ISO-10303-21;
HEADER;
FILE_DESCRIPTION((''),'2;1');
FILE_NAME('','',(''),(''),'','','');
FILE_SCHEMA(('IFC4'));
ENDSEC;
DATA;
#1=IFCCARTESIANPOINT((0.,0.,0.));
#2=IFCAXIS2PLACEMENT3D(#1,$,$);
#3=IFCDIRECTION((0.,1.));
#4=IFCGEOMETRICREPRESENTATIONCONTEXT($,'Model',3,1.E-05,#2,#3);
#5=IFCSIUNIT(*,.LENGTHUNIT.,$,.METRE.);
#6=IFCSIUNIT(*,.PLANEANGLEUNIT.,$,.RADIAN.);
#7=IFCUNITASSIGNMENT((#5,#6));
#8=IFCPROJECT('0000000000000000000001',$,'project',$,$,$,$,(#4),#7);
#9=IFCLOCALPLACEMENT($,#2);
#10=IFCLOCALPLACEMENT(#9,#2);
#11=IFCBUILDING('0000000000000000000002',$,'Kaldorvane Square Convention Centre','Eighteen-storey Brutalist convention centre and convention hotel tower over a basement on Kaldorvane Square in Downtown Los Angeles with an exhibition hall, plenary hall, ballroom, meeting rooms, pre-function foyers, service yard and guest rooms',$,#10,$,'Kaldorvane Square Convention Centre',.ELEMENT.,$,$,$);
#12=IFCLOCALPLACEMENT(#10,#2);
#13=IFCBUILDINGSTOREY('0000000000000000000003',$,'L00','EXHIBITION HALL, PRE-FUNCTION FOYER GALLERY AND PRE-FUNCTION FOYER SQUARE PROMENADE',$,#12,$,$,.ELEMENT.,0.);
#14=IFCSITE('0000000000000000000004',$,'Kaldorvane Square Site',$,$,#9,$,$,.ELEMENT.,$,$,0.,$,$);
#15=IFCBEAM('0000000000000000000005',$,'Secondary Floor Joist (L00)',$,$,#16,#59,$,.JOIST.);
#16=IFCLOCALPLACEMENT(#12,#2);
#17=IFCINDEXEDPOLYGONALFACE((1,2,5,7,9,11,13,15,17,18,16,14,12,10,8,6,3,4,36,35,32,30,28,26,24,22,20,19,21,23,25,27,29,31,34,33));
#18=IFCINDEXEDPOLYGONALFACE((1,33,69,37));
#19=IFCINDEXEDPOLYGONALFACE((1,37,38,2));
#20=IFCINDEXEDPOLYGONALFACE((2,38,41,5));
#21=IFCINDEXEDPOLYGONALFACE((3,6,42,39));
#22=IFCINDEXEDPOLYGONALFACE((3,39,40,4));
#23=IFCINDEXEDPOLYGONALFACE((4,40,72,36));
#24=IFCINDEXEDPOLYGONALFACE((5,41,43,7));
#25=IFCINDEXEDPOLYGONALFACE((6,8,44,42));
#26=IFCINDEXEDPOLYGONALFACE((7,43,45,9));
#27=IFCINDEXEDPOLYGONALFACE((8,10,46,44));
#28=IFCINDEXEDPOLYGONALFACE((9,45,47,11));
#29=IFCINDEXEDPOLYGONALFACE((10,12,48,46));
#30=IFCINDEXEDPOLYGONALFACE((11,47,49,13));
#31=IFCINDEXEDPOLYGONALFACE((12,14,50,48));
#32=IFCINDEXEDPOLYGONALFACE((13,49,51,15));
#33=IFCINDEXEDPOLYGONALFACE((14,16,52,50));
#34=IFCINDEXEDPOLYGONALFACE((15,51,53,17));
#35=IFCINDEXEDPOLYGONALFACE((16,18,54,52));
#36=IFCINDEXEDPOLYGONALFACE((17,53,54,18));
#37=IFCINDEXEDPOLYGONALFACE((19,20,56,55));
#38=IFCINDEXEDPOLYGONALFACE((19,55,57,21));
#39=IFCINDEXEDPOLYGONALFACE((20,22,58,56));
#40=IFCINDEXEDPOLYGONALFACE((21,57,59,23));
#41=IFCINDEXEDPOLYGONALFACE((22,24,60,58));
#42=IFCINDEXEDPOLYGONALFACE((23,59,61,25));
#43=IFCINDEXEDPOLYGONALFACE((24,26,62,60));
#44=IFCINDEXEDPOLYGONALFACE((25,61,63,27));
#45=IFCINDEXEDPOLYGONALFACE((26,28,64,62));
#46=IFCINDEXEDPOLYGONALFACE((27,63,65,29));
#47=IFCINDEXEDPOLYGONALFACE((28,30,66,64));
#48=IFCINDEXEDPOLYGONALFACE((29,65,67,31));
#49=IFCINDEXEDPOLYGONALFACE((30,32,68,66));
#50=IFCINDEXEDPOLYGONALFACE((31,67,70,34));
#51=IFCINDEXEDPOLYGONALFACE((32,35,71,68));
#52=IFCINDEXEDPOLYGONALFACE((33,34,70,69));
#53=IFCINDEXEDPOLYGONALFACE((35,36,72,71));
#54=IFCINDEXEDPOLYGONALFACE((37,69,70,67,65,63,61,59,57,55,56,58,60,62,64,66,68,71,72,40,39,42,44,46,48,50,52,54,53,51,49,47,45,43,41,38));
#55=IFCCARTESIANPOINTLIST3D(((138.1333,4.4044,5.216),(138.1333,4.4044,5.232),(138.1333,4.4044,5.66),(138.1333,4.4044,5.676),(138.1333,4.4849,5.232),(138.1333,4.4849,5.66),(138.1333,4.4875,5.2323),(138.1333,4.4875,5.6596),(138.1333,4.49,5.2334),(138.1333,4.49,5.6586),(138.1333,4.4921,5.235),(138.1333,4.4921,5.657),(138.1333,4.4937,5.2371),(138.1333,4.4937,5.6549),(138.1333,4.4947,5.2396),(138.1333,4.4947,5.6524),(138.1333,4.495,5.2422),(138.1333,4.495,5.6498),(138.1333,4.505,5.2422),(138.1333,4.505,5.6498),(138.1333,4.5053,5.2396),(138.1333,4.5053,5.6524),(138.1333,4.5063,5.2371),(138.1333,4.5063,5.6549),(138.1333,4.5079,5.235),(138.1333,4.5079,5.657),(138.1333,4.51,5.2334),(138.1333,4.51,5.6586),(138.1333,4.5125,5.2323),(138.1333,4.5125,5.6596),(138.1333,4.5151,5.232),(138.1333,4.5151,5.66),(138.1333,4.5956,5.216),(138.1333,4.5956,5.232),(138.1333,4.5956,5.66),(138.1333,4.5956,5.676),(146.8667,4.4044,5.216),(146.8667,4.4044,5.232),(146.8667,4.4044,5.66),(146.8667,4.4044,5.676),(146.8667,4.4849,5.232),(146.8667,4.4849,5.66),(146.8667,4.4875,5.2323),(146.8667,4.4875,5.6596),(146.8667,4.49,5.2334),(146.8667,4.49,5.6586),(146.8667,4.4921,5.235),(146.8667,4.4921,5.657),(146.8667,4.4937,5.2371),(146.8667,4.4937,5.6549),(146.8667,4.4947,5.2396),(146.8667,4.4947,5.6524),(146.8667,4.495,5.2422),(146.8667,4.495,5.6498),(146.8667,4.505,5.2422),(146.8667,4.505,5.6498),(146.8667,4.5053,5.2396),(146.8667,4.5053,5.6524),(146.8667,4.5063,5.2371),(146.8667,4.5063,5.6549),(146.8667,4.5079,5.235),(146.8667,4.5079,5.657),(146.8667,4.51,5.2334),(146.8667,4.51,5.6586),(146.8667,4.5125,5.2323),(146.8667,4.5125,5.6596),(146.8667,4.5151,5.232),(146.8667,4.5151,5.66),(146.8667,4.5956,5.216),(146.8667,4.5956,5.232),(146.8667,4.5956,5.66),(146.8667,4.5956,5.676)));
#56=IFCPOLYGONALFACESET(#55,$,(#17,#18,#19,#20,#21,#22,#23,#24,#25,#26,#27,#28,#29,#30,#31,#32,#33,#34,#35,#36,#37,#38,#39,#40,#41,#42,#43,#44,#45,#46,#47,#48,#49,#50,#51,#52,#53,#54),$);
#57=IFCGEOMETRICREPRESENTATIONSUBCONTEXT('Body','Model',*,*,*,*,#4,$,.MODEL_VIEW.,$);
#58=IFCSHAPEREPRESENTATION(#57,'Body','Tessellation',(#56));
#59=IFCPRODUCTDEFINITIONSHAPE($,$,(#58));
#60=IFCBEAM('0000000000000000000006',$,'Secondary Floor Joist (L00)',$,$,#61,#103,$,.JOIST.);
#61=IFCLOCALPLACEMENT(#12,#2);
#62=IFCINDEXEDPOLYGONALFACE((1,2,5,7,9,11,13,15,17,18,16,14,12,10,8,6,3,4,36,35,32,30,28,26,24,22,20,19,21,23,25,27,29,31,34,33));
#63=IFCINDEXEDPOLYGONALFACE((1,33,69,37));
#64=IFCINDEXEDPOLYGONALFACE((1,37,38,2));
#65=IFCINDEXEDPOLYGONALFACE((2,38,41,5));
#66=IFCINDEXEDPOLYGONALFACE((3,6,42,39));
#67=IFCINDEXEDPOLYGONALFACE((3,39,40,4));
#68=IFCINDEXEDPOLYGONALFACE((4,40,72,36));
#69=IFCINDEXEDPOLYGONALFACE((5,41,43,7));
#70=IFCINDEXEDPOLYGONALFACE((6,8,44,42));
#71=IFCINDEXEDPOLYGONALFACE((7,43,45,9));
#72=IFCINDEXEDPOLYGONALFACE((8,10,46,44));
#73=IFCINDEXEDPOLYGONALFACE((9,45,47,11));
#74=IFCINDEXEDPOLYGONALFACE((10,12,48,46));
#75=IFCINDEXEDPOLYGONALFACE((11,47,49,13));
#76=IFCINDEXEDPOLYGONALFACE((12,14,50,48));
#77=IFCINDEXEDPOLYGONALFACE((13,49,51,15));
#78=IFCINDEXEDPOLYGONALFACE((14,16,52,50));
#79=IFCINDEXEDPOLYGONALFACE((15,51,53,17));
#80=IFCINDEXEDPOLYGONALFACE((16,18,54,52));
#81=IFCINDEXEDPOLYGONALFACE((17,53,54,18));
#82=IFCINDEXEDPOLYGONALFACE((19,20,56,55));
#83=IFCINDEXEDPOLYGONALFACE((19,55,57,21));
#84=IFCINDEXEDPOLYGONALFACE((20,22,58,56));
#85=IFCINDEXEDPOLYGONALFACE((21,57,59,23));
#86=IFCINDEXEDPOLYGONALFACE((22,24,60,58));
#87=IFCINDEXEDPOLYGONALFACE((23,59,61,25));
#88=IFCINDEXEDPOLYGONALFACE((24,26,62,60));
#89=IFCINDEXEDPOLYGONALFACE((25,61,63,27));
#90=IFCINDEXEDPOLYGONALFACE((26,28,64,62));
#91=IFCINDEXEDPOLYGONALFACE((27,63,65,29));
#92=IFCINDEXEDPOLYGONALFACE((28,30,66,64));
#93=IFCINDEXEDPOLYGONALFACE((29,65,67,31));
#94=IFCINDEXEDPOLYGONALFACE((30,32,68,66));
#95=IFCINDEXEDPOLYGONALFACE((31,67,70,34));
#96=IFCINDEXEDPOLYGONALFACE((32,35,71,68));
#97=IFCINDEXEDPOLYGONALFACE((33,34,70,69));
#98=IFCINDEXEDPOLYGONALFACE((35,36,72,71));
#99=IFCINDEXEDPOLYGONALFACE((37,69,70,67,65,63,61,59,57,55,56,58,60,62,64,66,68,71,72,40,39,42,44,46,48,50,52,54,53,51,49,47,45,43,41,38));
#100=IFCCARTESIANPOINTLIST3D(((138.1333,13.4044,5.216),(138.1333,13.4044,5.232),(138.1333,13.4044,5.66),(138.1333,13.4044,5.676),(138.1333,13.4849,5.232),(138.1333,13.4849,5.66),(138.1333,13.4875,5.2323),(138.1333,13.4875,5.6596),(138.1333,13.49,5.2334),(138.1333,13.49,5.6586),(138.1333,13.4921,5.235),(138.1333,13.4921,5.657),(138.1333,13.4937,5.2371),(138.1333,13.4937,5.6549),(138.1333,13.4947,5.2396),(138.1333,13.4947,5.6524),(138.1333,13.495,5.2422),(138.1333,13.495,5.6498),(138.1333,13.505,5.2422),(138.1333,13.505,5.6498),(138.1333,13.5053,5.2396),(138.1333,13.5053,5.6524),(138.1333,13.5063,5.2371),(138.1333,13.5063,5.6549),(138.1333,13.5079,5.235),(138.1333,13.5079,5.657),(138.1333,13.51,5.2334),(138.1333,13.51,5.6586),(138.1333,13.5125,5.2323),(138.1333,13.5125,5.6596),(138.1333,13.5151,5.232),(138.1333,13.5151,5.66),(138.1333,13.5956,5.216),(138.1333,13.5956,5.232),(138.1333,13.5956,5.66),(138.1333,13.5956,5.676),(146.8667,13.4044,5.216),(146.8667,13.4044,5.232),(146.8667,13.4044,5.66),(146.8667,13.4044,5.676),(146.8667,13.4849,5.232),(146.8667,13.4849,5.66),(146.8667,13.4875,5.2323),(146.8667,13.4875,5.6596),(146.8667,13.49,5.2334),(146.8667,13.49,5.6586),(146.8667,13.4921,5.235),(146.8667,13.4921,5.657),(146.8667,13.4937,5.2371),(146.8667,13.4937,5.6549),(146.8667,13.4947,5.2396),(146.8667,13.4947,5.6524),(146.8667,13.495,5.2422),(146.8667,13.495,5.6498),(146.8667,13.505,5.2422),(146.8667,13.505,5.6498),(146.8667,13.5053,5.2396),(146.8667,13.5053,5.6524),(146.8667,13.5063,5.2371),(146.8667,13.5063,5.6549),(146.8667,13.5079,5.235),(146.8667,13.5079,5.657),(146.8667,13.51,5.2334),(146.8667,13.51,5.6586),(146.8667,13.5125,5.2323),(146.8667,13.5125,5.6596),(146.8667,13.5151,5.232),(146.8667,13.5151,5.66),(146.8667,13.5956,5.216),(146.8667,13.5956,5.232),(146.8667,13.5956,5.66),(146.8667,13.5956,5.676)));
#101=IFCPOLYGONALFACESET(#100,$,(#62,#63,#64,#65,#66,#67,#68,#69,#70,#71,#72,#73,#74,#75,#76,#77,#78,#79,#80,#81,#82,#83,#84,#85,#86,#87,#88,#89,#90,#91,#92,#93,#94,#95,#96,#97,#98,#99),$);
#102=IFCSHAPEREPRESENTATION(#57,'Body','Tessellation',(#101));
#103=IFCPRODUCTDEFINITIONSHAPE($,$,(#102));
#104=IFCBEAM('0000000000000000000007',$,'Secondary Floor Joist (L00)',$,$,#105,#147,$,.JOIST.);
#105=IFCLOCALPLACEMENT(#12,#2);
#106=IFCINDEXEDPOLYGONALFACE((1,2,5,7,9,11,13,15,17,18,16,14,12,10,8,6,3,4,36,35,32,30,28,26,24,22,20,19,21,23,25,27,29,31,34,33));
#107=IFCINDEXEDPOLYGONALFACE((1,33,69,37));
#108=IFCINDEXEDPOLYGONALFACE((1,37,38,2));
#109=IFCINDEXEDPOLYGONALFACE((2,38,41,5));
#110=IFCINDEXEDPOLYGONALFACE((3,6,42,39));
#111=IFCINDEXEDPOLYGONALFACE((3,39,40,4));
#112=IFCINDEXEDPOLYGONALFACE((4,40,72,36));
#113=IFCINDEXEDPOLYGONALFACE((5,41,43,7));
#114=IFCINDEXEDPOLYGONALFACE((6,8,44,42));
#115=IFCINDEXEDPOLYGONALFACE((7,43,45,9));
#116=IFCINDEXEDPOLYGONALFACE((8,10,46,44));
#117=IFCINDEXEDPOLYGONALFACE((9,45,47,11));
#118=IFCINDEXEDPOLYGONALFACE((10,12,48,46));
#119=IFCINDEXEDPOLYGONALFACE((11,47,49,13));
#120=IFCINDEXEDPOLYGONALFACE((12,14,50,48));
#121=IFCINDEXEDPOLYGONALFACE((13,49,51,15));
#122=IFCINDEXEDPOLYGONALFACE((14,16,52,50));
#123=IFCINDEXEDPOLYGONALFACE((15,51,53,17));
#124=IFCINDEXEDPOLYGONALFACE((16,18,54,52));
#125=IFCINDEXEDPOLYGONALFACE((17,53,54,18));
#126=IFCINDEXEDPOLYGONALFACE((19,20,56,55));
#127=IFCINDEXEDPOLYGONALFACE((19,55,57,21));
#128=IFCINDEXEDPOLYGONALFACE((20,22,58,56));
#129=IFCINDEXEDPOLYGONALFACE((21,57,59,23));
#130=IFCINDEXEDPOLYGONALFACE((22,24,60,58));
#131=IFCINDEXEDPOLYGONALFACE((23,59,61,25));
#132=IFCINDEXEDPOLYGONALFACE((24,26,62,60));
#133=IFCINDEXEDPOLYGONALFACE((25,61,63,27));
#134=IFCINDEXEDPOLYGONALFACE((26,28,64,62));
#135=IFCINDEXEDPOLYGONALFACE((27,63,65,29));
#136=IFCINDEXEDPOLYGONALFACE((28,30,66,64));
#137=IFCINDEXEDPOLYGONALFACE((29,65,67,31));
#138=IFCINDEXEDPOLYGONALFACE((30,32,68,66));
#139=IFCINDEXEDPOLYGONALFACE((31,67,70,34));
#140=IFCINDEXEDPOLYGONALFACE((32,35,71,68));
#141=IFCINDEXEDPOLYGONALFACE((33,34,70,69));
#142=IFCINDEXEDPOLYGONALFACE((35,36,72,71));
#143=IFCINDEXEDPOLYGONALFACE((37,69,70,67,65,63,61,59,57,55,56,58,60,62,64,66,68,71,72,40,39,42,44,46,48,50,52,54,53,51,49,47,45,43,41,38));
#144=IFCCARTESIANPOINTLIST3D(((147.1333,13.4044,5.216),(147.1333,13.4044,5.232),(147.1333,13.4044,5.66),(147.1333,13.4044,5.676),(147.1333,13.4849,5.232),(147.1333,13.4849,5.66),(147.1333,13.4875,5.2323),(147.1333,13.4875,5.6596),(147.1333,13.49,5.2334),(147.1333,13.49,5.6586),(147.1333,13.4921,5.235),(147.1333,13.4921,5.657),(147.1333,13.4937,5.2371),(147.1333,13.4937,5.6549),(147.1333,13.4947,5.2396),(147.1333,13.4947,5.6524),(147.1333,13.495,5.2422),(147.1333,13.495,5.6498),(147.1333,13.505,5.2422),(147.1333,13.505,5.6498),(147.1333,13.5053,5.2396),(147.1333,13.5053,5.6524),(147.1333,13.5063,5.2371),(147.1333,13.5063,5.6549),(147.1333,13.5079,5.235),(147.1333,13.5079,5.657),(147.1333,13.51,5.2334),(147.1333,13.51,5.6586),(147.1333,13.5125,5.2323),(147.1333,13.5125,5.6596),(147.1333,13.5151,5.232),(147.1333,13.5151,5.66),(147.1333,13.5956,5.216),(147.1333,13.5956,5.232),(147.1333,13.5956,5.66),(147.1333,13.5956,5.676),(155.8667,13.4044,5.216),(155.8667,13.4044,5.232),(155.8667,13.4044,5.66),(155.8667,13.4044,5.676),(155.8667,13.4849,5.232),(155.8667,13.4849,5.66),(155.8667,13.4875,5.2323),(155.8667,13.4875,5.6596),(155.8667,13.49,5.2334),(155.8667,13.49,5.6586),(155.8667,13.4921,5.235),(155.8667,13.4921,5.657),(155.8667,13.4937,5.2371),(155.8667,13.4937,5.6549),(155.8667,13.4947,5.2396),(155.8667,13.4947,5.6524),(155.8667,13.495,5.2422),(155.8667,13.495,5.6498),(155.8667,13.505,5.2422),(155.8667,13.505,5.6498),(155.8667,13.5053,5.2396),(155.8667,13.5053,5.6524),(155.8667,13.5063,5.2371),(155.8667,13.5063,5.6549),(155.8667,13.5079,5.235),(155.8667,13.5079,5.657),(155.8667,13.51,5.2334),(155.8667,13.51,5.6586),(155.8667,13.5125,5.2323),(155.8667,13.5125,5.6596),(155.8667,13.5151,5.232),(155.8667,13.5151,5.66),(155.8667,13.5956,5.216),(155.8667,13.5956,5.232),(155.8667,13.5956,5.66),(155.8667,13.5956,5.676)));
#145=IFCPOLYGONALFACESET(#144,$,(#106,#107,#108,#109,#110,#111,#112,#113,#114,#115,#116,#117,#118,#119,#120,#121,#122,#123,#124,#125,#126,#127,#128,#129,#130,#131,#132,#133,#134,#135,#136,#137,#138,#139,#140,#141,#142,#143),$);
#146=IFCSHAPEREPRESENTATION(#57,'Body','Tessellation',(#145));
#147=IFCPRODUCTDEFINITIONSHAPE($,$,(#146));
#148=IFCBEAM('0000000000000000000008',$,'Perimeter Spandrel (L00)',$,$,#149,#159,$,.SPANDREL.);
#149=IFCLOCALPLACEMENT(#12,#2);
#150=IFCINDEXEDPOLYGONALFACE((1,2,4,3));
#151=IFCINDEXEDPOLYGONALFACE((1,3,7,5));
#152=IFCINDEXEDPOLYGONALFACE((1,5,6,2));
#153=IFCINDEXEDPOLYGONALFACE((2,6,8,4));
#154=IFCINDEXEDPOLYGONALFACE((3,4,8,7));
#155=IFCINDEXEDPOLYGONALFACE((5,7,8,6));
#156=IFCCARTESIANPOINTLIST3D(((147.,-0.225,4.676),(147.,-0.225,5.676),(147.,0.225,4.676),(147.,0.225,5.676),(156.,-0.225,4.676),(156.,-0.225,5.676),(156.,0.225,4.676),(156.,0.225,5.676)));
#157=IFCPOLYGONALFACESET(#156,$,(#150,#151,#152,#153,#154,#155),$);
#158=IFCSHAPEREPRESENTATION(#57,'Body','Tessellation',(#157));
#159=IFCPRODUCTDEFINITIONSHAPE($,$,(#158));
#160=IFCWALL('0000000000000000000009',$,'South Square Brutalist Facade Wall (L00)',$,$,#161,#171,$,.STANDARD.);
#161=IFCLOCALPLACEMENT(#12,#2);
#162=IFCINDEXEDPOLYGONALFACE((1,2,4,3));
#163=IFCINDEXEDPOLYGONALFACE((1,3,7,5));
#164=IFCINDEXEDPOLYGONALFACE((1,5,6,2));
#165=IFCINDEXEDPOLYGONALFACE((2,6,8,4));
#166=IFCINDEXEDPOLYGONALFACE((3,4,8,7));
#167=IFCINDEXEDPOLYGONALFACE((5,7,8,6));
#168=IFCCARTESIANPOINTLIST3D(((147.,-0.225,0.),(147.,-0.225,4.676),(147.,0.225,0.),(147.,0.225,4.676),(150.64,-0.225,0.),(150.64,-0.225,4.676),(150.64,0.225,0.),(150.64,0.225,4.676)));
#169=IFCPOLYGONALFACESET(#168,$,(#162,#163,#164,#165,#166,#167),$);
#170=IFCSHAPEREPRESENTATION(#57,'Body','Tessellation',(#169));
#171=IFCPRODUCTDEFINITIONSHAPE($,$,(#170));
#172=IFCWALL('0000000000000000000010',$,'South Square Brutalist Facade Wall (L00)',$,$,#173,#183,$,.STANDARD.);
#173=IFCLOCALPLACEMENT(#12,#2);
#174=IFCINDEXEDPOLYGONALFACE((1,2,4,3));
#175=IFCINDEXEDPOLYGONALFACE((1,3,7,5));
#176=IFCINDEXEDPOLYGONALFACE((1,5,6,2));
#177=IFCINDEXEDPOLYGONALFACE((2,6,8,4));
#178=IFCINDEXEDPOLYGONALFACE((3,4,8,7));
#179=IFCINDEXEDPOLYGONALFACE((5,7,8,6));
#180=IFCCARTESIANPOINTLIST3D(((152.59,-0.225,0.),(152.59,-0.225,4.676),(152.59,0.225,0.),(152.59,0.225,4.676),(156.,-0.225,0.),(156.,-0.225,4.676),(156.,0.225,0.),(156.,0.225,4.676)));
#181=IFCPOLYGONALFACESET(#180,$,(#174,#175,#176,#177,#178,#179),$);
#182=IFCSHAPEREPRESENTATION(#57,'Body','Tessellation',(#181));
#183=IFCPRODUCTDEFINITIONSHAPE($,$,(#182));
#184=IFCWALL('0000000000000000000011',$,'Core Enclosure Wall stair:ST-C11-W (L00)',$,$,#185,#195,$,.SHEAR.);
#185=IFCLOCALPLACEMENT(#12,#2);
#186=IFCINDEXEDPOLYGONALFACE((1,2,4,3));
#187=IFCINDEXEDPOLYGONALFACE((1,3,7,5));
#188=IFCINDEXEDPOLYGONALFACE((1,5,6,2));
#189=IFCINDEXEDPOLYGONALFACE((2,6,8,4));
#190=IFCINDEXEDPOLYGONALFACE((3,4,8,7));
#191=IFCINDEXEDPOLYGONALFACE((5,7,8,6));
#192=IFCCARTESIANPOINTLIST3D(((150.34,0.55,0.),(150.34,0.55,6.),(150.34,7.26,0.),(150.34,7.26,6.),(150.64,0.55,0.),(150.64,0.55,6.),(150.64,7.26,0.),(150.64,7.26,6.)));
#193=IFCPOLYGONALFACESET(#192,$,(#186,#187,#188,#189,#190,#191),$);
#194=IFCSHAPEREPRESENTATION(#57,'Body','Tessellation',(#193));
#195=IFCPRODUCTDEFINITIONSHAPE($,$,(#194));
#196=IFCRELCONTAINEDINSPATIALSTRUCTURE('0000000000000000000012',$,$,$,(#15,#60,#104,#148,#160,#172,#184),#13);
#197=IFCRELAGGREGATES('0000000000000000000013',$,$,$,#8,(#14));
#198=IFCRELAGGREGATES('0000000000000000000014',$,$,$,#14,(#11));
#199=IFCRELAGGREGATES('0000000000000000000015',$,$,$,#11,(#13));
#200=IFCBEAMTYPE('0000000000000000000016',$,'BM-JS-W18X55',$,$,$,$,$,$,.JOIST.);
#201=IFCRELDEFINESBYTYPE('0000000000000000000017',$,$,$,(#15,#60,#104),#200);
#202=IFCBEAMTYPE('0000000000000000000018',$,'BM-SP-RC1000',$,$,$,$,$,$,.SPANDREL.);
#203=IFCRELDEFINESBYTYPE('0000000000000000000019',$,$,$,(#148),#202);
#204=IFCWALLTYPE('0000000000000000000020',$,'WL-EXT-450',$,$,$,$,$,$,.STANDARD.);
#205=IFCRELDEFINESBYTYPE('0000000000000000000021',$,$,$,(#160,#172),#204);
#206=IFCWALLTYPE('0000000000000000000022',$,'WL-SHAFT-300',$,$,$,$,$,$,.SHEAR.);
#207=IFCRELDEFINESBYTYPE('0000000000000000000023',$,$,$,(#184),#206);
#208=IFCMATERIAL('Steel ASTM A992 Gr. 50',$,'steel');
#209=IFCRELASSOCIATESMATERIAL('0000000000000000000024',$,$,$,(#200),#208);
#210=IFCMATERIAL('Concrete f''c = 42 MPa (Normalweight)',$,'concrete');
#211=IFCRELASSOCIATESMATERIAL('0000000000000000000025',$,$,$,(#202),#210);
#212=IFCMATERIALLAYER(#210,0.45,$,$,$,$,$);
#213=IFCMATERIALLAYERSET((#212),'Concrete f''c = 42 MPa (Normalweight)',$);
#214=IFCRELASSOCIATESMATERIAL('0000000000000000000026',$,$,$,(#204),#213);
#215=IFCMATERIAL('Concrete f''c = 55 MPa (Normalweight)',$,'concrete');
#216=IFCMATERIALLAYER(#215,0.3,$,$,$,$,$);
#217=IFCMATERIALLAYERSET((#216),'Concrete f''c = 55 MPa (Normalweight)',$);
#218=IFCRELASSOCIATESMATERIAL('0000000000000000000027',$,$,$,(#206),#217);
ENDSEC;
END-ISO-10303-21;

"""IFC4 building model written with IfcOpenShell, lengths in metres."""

from ifc_helpers import new_model, si_unit, direction, frame, frame_2d, origin, origin_2d, place, context, subcontext, project, spatial, rectangle, i_section, extrude, material, layer, layer_set, material_profile, profile_set, type_object, element, save


model = new_model("IFC4")

# Units and contexts
model_context = context("Model", 3, precision=1e-05, world=origin(), true_north=direction((0.0, 1.0)))
body_context = subcontext(model_context, "Body", "Model", "MODEL_VIEW")
ifc_project = project(units=[si_unit("LENGTHUNIT", "METRE"), si_unit("PLANEANGLEUNIT", "RADIAN")], contexts=[model_context])

# Site, building, storey
site_placement = place(None, origin())
site = spatial("IfcSite", under=ifc_project, at=site_placement, Name="Kaldorvane Square Site", CompositionType="ELEMENT", RefElevation=0.0)
building_placement = place(site_placement, origin())
building = spatial("IfcBuilding", under=site, at=building_placement, Name="Kaldorvane Square Convention Centre", Description="Eighteen-storey Brutalist convention centre and convention hotel tower over a basement on Kaldorvane Square in Downtown Los Angeles with an exhibition hall, plenary hall, ballroom, meeting rooms, pre-function foyers, service yard and guest rooms", LongName="Kaldorvane Square Convention Centre", CompositionType="ELEMENT")
storey_placement = place(building_placement, origin())
storey = spatial("IfcBuildingStorey", under=building, at=storey_placement, Name="L00", Description="EXHIBITION HALL, PRE-FUNCTION FOYER GALLERY AND PRE-FUNCTION FOYER SQUARE PROMENADE", CompositionType="ELEMENT", Elevation=0.0)

# Shared definitions
ifc_material_1 = material(Name="Steel ASTM A992 Gr. 50", Category="steel")

# Beams
ifc_material_profile_1 = material_profile(ifc_material_1, i_section(OverallWidth=0.1913, OverallDepth=0.46, WebThickness=0.0099, FlangeThickness=0.016, FilletRadius=0.0102, at=origin_2d()), Name="W18X55")
ifc_profile_set_1 = profile_set([ifc_material_profile_1], Name="Steel ASTM A992 Gr. 50")
beam_type_1 = type_object("IfcBeamType", Name="BM-JS-W18X55", PredefinedType="JOIST", material=ifc_profile_set_1)
for number, where, z_axis, x_axis, name in (
    (1, (138.1333, 4.5, 5.446), (1.0, 0.0, 0.0), (0.0, 1.0, 0.0), "Secondary Floor Joist (L00)"),
    (2, (138.1333, 13.5, 5.446), (1.0, 0.0, 0.0), (0.0, 1.0, 0.0), "Secondary Floor Joist (L00)"),
    (3, (147.1333, 13.5, 5.446), (1.0, 0.0, 0.0), (0.0, 1.0, 0.0), "Secondary Floor Joist (L00)"),
):
    element("IfcBeam", number, at=place(storey_placement, frame(where, z_axis=z_axis, x_axis=x_axis)), inside=storey, type_object=beam_type_1, Name=name, PredefinedType="JOIST", context=body_context, shape_type="SweptSolid", body=[
        extrude(i_section(OverallWidth=0.1913, OverallDepth=0.46, WebThickness=0.0099, FlangeThickness=0.016, FilletRadius=0.0102, at=origin_2d()), origin(), (0.0, 0.0, 1.0), 8.7334),
    ])
ifc_material_2 = material(Name="Concrete f'c = 42 MPa (Normalweight)", Category="concrete")
ifc_material_profile_2 = material_profile(ifc_material_2, rectangle(XDim=0.45, YDim=1.0, at=origin_2d()), Name="RCSP1000X450")
ifc_profile_set_2 = profile_set([ifc_material_profile_2], Name="Concrete f'c = 42 MPa (Normalweight)")
beam_type_2 = type_object("IfcBeamType", Name="BM-SP-RC1000", PredefinedType="SPANDREL", material=ifc_profile_set_2)
beam_placement = place(storey_placement, frame((147.0, 0.0, 5.176), z_axis=(1.0, 0.0, 0.0), x_axis=(0.0, 1.0, 0.0)))
element("IfcBeam", 4, at=beam_placement, inside=storey, type_object=beam_type_2, Name="Perimeter Spandrel (L00)", PredefinedType="SPANDREL", context=body_context, shape_type="SweptSolid", body=[
    extrude(rectangle(XDim=0.45, YDim=1.0, at=origin_2d()), origin(), (0.0, 0.0, 1.0), 9.0),
])

# Walls
ifc_layer_1 = layer(ifc_material_2, 0.45)
ifc_layer_set_1 = layer_set([ifc_layer_1], Name="Concrete f'c = 42 MPa (Normalweight)")
wall_type_1 = type_object("IfcWallType", Name="WL-EXT-450", PredefinedType="STANDARD", material=ifc_layer_set_1)
wall_1_placement = place(storey_placement, frame((147.0, 0.0, 0.0), z_axis=(0.0, 0.0, 1.0), x_axis=(1.0, 0.0, 0.0)))
element("IfcWall", 5, at=wall_1_placement, inside=storey, type_object=wall_type_1, Name="South Square Brutalist Facade Wall (L00)", PredefinedType="STANDARD", context=body_context, shape_type="SweptSolid", body=[
    extrude(rectangle(XDim=3.64, YDim=0.45, at=frame_2d((1.82, 0.0))), origin(), (0.0, 0.0, 1.0), 4.676),
])
wall_2_placement = place(storey_placement, frame((152.59, 0.0, 0.0), z_axis=(0.0, 0.0, 1.0), x_axis=(1.0, 0.0, 0.0)))
element("IfcWall", 6, at=wall_2_placement, inside=storey, type_object=wall_type_1, Name="South Square Brutalist Facade Wall (L00)", PredefinedType="STANDARD", context=body_context, shape_type="SweptSolid", body=[
    extrude(rectangle(XDim=3.41, YDim=0.45, at=frame_2d((1.705, 0.0))), origin(), (0.0, 0.0, 1.0), 4.676),
])
ifc_material_3 = material(Name="Concrete f'c = 55 MPa (Normalweight)", Category="concrete")
ifc_layer_2 = layer(ifc_material_3, 0.3)
ifc_layer_set_2 = layer_set([ifc_layer_2], Name="Concrete f'c = 55 MPa (Normalweight)")
wall_type_2 = type_object("IfcWallType", Name="WL-SHAFT-300", PredefinedType="SHEAR", material=ifc_layer_set_2)
wall_3_placement = place(storey_placement, frame((150.49, 7.26, 0.0), z_axis=(0.0, 0.0, 1.0), x_axis=(0.0, -1.0, 0.0)))
element("IfcWall", 7, at=wall_3_placement, inside=storey, type_object=wall_type_2, Name="Core Enclosure Wall stair:ST-C11-W (L00)", PredefinedType="SHEAR", context=body_context, shape_type="SweptSolid", body=[
    extrude(rectangle(XDim=6.71, YDim=0.3, at=frame_2d((3.355, 0.0))), origin(), (0.0, 0.0, 1.0), 6.0),
])

save(model, "model.ifc")
